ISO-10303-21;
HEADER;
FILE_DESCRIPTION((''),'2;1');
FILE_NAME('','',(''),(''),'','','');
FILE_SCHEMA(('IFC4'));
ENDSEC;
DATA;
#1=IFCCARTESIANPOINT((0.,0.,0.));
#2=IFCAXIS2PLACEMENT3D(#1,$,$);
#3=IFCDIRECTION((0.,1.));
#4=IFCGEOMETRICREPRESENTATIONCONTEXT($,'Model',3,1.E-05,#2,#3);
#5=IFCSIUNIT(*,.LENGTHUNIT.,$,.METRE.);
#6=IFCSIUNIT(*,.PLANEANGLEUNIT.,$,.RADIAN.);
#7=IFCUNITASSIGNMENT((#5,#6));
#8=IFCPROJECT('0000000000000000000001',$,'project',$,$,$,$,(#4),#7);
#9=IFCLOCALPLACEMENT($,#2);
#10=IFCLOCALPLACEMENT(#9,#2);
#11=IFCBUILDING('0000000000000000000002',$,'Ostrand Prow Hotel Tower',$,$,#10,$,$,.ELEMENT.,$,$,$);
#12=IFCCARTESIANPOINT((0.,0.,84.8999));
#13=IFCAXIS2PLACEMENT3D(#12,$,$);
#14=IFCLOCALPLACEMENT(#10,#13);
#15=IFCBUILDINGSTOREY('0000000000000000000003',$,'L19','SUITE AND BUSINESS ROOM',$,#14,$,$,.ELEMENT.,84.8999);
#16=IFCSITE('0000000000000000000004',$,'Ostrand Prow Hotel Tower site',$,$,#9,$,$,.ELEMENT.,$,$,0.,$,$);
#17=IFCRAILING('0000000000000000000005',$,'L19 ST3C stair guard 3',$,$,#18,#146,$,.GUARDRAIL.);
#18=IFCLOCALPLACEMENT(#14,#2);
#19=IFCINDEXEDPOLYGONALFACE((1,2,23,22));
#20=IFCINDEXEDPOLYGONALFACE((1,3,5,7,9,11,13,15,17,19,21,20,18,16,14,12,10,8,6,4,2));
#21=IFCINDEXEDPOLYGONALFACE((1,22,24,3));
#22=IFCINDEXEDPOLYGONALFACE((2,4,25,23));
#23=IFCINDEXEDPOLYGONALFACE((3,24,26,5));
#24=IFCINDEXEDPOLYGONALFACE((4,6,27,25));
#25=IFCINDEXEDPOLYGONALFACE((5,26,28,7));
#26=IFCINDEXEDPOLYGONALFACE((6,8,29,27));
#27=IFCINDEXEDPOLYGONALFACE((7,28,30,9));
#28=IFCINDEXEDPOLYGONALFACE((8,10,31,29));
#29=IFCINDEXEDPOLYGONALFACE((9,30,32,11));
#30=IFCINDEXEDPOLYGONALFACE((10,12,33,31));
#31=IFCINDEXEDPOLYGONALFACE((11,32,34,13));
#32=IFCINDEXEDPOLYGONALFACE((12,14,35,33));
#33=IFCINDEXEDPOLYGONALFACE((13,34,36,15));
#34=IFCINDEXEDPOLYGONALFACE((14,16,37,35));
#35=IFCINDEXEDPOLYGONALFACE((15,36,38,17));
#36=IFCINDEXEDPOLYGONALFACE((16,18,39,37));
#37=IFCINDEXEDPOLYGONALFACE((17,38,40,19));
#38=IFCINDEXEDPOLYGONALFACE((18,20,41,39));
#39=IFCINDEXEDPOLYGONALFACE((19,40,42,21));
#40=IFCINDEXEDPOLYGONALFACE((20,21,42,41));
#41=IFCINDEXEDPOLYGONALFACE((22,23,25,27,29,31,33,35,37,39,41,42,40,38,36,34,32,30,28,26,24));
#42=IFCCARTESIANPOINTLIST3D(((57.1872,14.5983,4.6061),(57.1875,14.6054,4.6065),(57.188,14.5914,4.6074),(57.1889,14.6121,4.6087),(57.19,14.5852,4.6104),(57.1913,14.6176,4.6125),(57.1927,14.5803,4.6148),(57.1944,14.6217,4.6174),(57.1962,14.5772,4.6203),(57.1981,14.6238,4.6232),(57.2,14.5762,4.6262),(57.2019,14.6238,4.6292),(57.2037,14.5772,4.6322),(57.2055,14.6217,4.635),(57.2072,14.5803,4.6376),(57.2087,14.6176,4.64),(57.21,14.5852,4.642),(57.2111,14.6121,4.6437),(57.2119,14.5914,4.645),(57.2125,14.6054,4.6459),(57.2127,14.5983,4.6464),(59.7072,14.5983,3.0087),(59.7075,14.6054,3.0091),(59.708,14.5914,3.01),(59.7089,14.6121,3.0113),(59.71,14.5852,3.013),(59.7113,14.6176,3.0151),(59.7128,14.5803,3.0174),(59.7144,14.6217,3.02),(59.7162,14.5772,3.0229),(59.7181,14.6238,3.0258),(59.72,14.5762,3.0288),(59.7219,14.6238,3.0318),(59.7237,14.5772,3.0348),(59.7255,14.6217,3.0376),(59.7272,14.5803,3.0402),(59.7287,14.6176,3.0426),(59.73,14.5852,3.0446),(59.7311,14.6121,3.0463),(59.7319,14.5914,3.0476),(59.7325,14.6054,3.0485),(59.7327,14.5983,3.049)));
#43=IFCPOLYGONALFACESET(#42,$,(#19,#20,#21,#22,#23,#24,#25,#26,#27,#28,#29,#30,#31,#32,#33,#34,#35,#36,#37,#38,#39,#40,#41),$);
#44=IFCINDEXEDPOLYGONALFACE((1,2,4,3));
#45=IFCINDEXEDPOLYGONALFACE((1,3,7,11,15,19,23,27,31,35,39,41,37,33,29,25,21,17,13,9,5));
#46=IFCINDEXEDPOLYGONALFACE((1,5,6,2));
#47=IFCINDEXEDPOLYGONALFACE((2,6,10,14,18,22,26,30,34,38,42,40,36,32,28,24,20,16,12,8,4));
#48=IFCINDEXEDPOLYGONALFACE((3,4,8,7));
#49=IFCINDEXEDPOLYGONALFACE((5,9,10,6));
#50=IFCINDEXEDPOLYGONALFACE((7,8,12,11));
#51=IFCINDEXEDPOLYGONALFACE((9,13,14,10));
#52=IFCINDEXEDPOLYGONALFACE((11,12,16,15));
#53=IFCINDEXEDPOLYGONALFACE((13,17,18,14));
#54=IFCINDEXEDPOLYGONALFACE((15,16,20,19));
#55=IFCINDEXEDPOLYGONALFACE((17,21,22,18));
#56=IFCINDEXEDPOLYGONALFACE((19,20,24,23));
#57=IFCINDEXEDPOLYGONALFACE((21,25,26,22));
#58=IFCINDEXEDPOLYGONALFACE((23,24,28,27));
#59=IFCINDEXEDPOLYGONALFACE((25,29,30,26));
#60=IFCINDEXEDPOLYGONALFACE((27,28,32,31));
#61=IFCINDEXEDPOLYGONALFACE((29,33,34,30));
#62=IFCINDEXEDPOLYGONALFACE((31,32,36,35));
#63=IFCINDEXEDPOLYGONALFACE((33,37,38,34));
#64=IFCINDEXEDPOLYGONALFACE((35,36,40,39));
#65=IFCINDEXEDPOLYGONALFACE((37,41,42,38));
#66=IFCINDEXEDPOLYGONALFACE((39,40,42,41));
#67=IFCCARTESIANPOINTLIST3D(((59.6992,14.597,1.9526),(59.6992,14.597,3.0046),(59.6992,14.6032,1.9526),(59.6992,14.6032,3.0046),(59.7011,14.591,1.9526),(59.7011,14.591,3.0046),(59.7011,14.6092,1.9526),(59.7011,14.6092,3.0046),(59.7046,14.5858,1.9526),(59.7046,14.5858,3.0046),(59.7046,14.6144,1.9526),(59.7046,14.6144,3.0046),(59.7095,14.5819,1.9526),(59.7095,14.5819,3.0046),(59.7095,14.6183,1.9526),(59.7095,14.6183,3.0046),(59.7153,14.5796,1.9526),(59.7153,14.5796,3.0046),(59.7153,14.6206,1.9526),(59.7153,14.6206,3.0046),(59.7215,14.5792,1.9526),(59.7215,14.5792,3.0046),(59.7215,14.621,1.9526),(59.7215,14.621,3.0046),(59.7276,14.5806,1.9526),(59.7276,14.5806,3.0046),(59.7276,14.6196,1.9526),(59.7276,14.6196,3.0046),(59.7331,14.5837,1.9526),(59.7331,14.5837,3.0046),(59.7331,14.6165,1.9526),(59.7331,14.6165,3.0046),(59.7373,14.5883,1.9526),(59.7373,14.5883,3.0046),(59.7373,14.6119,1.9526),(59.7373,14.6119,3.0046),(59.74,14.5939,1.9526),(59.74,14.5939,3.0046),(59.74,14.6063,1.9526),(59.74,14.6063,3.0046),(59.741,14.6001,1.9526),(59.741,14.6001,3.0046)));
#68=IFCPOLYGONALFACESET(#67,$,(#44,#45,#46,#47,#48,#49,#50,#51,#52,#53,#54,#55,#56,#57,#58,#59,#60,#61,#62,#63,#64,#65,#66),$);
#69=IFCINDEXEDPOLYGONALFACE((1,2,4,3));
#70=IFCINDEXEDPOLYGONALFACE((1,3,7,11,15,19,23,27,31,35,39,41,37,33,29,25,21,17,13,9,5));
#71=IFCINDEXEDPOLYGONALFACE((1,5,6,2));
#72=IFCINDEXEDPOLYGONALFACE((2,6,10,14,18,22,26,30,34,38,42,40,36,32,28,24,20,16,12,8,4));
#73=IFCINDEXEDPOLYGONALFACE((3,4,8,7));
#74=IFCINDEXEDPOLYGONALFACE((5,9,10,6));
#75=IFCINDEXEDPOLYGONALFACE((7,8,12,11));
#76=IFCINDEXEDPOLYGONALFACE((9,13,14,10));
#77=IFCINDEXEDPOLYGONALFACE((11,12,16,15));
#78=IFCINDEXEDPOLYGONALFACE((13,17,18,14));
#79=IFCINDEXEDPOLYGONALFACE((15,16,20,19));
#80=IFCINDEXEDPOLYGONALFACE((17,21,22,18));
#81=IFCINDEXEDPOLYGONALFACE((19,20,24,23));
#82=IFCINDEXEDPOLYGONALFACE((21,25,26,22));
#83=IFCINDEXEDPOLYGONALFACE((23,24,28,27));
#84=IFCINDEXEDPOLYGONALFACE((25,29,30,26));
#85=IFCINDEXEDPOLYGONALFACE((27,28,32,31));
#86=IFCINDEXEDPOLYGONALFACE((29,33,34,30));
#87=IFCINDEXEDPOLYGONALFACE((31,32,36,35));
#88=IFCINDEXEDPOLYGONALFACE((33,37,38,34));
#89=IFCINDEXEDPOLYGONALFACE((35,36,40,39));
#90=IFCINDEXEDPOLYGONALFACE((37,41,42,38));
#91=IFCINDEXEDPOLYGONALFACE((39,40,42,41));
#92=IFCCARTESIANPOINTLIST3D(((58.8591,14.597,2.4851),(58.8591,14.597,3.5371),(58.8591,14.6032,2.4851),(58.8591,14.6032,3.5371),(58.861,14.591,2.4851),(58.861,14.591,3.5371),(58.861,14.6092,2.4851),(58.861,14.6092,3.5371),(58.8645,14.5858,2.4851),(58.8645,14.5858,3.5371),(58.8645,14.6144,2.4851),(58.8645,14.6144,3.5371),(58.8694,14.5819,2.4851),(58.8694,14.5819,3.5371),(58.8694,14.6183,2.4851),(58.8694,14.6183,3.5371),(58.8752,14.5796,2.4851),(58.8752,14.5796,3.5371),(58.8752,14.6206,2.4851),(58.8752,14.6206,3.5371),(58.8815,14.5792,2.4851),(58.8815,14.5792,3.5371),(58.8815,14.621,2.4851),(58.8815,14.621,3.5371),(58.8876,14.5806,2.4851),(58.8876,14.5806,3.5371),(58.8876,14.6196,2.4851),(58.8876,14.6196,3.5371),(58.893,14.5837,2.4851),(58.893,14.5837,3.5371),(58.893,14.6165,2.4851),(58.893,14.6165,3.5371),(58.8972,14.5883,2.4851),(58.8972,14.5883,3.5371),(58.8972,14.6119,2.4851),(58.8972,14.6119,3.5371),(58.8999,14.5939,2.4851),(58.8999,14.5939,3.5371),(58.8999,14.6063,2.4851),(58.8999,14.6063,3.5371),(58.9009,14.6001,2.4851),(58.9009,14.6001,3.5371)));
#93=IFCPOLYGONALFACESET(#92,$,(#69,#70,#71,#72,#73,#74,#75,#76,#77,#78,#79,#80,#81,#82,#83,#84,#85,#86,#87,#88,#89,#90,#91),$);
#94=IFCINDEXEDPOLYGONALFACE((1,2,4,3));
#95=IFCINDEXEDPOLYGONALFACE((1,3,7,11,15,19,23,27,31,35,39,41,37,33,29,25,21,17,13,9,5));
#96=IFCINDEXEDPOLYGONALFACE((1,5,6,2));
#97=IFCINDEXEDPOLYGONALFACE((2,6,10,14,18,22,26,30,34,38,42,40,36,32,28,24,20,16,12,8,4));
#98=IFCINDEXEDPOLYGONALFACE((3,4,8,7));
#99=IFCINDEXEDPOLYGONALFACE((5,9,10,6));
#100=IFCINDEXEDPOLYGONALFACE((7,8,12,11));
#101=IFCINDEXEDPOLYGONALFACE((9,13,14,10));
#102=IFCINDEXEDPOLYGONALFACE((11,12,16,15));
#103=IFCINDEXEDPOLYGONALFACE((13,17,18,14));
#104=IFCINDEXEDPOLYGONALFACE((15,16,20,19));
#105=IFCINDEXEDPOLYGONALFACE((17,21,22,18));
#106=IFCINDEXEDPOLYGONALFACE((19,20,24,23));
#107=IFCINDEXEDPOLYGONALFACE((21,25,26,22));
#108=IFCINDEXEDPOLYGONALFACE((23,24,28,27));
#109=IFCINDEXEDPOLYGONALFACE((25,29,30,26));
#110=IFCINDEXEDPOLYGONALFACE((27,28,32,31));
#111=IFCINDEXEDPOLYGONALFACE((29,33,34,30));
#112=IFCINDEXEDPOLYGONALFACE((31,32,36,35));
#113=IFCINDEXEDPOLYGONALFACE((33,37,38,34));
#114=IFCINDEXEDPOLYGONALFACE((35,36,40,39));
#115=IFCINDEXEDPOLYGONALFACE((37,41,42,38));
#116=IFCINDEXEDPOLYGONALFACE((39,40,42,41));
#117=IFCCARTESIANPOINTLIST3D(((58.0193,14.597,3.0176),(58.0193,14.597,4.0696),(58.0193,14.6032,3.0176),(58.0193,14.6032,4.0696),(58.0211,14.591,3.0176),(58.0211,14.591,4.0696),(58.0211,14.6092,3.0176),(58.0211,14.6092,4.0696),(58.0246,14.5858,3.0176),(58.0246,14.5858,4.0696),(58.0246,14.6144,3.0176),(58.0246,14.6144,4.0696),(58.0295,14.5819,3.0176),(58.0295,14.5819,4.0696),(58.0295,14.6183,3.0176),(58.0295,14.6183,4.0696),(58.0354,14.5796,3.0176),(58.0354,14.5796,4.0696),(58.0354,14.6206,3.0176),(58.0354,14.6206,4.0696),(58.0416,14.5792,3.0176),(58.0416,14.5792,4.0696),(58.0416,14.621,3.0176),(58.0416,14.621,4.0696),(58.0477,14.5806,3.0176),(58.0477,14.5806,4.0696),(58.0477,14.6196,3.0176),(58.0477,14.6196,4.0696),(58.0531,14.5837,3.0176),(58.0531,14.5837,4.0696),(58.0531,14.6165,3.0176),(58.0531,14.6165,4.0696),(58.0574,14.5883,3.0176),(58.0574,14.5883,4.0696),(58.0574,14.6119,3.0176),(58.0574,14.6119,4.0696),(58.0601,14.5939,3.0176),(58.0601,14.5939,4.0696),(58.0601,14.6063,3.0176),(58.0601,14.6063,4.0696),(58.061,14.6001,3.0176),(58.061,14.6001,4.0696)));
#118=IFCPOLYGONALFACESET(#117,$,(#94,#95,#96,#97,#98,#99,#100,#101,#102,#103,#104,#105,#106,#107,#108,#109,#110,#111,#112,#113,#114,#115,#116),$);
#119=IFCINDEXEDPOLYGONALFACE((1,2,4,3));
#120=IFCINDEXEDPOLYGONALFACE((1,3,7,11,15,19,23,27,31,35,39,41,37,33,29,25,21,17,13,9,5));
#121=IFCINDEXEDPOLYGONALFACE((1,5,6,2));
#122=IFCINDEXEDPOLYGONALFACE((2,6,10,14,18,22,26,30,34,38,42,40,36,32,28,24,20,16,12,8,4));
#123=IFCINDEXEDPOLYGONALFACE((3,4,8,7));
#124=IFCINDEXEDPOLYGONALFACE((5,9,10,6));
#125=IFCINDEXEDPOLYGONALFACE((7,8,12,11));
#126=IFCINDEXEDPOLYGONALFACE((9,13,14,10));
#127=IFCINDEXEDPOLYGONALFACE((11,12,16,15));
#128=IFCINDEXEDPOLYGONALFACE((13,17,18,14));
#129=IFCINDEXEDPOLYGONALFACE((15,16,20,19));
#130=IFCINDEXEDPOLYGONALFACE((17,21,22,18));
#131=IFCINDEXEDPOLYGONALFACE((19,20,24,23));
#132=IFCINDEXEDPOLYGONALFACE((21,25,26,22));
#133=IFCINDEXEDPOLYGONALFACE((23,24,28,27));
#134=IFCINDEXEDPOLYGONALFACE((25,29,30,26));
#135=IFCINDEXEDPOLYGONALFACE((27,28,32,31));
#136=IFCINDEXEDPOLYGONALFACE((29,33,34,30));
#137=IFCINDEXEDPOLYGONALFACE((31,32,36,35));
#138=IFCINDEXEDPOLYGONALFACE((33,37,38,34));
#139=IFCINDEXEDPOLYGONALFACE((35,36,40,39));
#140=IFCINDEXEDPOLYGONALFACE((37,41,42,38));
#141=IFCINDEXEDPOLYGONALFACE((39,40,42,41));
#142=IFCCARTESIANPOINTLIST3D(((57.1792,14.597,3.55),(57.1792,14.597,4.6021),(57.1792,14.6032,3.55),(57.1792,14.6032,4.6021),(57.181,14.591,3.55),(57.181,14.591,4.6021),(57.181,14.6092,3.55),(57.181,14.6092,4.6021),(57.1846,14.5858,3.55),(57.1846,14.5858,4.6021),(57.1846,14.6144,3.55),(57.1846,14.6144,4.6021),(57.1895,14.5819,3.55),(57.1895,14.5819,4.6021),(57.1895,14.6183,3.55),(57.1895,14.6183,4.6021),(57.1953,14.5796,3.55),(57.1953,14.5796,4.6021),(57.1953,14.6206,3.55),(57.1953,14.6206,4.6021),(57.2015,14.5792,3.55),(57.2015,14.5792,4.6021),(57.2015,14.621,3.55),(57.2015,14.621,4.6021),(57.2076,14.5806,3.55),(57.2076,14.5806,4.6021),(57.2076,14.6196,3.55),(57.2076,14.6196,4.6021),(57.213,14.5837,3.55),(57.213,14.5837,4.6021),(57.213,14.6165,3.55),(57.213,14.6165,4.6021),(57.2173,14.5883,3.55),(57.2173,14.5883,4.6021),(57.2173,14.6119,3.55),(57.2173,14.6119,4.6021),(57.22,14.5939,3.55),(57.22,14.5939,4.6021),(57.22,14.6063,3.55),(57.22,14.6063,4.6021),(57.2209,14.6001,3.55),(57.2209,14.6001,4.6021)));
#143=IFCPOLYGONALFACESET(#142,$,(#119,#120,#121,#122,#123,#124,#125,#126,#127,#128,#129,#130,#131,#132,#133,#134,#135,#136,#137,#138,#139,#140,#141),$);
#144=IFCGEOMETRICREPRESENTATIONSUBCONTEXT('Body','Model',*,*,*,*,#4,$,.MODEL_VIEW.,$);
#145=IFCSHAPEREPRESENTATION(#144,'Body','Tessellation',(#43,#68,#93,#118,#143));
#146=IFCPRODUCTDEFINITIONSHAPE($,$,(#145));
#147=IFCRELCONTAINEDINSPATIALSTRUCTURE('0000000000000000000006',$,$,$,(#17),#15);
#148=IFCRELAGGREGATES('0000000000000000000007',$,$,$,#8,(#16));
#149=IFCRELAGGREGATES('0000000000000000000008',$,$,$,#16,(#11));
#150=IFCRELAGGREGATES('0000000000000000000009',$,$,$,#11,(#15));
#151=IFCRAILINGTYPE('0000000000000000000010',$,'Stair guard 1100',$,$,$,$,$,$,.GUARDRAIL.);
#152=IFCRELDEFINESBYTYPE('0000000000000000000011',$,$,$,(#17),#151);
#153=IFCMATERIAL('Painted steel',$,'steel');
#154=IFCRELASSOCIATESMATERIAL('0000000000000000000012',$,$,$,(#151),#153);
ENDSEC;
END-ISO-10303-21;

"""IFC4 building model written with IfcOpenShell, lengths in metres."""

from ifc_helpers import new_model, si_unit, direction, frame, origin, origin_2d, place, context, subcontext, project, spatial, circle, extrude, material, type_object, element, save


model = new_model("IFC4")

# Units and contexts
model_context = context("Model", 3, precision=1e-05, world=origin(), true_north=direction((0.0, 1.0)))
body_context = subcontext(model_context, "Body", "Model", "MODEL_VIEW")
ifc_project = project(units=[si_unit("LENGTHUNIT", "METRE"), si_unit("PLANEANGLEUNIT", "RADIAN")], contexts=[model_context])

# Site, building, storey
site_placement = place(None, origin())
site = spatial("IfcSite", under=ifc_project, at=site_placement, Name="Ostrand Prow Hotel Tower site", CompositionType="ELEMENT", RefElevation=0.0)
building_placement = place(site_placement, origin())
building = spatial("IfcBuilding", under=site, at=building_placement, Name="Ostrand Prow Hotel Tower", CompositionType="ELEMENT")
storey_placement = place(building_placement, frame((0.0, 0.0, 84.8999)))
storey = spatial("IfcBuildingStorey", under=building, at=storey_placement, Name="L19", Description="SUITE AND BUSINESS ROOM", CompositionType="ELEMENT", Elevation=84.8999)

# Railing
ifc_material_1 = material(Name="Painted steel", Category="steel")
railing_type_1 = type_object("IfcRailingType", Name="Stair guard 1100", PredefinedType="GUARDRAIL", material=ifc_material_1)
railing_1_placement = place(storey_placement, frame((59.72, 14.6001, 1.9526)))
element("IfcRailing", 1, at=railing_1_placement, inside=storey, type_object=railing_type_1, Name="L19 ST3C stair guard 3", PredefinedType="GUARDRAIL", context=body_context, shape_type="SweptSolid", body=[
    extrude(circle(Radius=0.0239, at=origin_2d()), frame((0.0, 0.0, 1.0762), z_axis=(-0.844607, 0.0, 0.535387), x_axis=(0.0, -1.0, 0.0)), (0.0, 0.0, 1.0), 2.9836),
    extrude(circle(Radius=0.021, at=origin_2d()), origin(), (0.0, 0.0, 1.0), 1.052),
    extrude(circle(Radius=0.021, at=origin_2d()), frame((-0.8401, 0.0, 0.5325)), (0.0, 0.0, 1.0), 1.052),
    extrude(circle(Radius=0.021, at=origin_2d()), frame((-1.6799, 0.0, 1.0649)), (0.0, 0.0, 1.0), 1.052),
    extrude(circle(Radius=0.021, at=origin_2d()), frame((-2.52, 0.0, 1.5974)), (0.0, 0.0, 1.0), 1.052),
])

save(model, "model.ifc")
